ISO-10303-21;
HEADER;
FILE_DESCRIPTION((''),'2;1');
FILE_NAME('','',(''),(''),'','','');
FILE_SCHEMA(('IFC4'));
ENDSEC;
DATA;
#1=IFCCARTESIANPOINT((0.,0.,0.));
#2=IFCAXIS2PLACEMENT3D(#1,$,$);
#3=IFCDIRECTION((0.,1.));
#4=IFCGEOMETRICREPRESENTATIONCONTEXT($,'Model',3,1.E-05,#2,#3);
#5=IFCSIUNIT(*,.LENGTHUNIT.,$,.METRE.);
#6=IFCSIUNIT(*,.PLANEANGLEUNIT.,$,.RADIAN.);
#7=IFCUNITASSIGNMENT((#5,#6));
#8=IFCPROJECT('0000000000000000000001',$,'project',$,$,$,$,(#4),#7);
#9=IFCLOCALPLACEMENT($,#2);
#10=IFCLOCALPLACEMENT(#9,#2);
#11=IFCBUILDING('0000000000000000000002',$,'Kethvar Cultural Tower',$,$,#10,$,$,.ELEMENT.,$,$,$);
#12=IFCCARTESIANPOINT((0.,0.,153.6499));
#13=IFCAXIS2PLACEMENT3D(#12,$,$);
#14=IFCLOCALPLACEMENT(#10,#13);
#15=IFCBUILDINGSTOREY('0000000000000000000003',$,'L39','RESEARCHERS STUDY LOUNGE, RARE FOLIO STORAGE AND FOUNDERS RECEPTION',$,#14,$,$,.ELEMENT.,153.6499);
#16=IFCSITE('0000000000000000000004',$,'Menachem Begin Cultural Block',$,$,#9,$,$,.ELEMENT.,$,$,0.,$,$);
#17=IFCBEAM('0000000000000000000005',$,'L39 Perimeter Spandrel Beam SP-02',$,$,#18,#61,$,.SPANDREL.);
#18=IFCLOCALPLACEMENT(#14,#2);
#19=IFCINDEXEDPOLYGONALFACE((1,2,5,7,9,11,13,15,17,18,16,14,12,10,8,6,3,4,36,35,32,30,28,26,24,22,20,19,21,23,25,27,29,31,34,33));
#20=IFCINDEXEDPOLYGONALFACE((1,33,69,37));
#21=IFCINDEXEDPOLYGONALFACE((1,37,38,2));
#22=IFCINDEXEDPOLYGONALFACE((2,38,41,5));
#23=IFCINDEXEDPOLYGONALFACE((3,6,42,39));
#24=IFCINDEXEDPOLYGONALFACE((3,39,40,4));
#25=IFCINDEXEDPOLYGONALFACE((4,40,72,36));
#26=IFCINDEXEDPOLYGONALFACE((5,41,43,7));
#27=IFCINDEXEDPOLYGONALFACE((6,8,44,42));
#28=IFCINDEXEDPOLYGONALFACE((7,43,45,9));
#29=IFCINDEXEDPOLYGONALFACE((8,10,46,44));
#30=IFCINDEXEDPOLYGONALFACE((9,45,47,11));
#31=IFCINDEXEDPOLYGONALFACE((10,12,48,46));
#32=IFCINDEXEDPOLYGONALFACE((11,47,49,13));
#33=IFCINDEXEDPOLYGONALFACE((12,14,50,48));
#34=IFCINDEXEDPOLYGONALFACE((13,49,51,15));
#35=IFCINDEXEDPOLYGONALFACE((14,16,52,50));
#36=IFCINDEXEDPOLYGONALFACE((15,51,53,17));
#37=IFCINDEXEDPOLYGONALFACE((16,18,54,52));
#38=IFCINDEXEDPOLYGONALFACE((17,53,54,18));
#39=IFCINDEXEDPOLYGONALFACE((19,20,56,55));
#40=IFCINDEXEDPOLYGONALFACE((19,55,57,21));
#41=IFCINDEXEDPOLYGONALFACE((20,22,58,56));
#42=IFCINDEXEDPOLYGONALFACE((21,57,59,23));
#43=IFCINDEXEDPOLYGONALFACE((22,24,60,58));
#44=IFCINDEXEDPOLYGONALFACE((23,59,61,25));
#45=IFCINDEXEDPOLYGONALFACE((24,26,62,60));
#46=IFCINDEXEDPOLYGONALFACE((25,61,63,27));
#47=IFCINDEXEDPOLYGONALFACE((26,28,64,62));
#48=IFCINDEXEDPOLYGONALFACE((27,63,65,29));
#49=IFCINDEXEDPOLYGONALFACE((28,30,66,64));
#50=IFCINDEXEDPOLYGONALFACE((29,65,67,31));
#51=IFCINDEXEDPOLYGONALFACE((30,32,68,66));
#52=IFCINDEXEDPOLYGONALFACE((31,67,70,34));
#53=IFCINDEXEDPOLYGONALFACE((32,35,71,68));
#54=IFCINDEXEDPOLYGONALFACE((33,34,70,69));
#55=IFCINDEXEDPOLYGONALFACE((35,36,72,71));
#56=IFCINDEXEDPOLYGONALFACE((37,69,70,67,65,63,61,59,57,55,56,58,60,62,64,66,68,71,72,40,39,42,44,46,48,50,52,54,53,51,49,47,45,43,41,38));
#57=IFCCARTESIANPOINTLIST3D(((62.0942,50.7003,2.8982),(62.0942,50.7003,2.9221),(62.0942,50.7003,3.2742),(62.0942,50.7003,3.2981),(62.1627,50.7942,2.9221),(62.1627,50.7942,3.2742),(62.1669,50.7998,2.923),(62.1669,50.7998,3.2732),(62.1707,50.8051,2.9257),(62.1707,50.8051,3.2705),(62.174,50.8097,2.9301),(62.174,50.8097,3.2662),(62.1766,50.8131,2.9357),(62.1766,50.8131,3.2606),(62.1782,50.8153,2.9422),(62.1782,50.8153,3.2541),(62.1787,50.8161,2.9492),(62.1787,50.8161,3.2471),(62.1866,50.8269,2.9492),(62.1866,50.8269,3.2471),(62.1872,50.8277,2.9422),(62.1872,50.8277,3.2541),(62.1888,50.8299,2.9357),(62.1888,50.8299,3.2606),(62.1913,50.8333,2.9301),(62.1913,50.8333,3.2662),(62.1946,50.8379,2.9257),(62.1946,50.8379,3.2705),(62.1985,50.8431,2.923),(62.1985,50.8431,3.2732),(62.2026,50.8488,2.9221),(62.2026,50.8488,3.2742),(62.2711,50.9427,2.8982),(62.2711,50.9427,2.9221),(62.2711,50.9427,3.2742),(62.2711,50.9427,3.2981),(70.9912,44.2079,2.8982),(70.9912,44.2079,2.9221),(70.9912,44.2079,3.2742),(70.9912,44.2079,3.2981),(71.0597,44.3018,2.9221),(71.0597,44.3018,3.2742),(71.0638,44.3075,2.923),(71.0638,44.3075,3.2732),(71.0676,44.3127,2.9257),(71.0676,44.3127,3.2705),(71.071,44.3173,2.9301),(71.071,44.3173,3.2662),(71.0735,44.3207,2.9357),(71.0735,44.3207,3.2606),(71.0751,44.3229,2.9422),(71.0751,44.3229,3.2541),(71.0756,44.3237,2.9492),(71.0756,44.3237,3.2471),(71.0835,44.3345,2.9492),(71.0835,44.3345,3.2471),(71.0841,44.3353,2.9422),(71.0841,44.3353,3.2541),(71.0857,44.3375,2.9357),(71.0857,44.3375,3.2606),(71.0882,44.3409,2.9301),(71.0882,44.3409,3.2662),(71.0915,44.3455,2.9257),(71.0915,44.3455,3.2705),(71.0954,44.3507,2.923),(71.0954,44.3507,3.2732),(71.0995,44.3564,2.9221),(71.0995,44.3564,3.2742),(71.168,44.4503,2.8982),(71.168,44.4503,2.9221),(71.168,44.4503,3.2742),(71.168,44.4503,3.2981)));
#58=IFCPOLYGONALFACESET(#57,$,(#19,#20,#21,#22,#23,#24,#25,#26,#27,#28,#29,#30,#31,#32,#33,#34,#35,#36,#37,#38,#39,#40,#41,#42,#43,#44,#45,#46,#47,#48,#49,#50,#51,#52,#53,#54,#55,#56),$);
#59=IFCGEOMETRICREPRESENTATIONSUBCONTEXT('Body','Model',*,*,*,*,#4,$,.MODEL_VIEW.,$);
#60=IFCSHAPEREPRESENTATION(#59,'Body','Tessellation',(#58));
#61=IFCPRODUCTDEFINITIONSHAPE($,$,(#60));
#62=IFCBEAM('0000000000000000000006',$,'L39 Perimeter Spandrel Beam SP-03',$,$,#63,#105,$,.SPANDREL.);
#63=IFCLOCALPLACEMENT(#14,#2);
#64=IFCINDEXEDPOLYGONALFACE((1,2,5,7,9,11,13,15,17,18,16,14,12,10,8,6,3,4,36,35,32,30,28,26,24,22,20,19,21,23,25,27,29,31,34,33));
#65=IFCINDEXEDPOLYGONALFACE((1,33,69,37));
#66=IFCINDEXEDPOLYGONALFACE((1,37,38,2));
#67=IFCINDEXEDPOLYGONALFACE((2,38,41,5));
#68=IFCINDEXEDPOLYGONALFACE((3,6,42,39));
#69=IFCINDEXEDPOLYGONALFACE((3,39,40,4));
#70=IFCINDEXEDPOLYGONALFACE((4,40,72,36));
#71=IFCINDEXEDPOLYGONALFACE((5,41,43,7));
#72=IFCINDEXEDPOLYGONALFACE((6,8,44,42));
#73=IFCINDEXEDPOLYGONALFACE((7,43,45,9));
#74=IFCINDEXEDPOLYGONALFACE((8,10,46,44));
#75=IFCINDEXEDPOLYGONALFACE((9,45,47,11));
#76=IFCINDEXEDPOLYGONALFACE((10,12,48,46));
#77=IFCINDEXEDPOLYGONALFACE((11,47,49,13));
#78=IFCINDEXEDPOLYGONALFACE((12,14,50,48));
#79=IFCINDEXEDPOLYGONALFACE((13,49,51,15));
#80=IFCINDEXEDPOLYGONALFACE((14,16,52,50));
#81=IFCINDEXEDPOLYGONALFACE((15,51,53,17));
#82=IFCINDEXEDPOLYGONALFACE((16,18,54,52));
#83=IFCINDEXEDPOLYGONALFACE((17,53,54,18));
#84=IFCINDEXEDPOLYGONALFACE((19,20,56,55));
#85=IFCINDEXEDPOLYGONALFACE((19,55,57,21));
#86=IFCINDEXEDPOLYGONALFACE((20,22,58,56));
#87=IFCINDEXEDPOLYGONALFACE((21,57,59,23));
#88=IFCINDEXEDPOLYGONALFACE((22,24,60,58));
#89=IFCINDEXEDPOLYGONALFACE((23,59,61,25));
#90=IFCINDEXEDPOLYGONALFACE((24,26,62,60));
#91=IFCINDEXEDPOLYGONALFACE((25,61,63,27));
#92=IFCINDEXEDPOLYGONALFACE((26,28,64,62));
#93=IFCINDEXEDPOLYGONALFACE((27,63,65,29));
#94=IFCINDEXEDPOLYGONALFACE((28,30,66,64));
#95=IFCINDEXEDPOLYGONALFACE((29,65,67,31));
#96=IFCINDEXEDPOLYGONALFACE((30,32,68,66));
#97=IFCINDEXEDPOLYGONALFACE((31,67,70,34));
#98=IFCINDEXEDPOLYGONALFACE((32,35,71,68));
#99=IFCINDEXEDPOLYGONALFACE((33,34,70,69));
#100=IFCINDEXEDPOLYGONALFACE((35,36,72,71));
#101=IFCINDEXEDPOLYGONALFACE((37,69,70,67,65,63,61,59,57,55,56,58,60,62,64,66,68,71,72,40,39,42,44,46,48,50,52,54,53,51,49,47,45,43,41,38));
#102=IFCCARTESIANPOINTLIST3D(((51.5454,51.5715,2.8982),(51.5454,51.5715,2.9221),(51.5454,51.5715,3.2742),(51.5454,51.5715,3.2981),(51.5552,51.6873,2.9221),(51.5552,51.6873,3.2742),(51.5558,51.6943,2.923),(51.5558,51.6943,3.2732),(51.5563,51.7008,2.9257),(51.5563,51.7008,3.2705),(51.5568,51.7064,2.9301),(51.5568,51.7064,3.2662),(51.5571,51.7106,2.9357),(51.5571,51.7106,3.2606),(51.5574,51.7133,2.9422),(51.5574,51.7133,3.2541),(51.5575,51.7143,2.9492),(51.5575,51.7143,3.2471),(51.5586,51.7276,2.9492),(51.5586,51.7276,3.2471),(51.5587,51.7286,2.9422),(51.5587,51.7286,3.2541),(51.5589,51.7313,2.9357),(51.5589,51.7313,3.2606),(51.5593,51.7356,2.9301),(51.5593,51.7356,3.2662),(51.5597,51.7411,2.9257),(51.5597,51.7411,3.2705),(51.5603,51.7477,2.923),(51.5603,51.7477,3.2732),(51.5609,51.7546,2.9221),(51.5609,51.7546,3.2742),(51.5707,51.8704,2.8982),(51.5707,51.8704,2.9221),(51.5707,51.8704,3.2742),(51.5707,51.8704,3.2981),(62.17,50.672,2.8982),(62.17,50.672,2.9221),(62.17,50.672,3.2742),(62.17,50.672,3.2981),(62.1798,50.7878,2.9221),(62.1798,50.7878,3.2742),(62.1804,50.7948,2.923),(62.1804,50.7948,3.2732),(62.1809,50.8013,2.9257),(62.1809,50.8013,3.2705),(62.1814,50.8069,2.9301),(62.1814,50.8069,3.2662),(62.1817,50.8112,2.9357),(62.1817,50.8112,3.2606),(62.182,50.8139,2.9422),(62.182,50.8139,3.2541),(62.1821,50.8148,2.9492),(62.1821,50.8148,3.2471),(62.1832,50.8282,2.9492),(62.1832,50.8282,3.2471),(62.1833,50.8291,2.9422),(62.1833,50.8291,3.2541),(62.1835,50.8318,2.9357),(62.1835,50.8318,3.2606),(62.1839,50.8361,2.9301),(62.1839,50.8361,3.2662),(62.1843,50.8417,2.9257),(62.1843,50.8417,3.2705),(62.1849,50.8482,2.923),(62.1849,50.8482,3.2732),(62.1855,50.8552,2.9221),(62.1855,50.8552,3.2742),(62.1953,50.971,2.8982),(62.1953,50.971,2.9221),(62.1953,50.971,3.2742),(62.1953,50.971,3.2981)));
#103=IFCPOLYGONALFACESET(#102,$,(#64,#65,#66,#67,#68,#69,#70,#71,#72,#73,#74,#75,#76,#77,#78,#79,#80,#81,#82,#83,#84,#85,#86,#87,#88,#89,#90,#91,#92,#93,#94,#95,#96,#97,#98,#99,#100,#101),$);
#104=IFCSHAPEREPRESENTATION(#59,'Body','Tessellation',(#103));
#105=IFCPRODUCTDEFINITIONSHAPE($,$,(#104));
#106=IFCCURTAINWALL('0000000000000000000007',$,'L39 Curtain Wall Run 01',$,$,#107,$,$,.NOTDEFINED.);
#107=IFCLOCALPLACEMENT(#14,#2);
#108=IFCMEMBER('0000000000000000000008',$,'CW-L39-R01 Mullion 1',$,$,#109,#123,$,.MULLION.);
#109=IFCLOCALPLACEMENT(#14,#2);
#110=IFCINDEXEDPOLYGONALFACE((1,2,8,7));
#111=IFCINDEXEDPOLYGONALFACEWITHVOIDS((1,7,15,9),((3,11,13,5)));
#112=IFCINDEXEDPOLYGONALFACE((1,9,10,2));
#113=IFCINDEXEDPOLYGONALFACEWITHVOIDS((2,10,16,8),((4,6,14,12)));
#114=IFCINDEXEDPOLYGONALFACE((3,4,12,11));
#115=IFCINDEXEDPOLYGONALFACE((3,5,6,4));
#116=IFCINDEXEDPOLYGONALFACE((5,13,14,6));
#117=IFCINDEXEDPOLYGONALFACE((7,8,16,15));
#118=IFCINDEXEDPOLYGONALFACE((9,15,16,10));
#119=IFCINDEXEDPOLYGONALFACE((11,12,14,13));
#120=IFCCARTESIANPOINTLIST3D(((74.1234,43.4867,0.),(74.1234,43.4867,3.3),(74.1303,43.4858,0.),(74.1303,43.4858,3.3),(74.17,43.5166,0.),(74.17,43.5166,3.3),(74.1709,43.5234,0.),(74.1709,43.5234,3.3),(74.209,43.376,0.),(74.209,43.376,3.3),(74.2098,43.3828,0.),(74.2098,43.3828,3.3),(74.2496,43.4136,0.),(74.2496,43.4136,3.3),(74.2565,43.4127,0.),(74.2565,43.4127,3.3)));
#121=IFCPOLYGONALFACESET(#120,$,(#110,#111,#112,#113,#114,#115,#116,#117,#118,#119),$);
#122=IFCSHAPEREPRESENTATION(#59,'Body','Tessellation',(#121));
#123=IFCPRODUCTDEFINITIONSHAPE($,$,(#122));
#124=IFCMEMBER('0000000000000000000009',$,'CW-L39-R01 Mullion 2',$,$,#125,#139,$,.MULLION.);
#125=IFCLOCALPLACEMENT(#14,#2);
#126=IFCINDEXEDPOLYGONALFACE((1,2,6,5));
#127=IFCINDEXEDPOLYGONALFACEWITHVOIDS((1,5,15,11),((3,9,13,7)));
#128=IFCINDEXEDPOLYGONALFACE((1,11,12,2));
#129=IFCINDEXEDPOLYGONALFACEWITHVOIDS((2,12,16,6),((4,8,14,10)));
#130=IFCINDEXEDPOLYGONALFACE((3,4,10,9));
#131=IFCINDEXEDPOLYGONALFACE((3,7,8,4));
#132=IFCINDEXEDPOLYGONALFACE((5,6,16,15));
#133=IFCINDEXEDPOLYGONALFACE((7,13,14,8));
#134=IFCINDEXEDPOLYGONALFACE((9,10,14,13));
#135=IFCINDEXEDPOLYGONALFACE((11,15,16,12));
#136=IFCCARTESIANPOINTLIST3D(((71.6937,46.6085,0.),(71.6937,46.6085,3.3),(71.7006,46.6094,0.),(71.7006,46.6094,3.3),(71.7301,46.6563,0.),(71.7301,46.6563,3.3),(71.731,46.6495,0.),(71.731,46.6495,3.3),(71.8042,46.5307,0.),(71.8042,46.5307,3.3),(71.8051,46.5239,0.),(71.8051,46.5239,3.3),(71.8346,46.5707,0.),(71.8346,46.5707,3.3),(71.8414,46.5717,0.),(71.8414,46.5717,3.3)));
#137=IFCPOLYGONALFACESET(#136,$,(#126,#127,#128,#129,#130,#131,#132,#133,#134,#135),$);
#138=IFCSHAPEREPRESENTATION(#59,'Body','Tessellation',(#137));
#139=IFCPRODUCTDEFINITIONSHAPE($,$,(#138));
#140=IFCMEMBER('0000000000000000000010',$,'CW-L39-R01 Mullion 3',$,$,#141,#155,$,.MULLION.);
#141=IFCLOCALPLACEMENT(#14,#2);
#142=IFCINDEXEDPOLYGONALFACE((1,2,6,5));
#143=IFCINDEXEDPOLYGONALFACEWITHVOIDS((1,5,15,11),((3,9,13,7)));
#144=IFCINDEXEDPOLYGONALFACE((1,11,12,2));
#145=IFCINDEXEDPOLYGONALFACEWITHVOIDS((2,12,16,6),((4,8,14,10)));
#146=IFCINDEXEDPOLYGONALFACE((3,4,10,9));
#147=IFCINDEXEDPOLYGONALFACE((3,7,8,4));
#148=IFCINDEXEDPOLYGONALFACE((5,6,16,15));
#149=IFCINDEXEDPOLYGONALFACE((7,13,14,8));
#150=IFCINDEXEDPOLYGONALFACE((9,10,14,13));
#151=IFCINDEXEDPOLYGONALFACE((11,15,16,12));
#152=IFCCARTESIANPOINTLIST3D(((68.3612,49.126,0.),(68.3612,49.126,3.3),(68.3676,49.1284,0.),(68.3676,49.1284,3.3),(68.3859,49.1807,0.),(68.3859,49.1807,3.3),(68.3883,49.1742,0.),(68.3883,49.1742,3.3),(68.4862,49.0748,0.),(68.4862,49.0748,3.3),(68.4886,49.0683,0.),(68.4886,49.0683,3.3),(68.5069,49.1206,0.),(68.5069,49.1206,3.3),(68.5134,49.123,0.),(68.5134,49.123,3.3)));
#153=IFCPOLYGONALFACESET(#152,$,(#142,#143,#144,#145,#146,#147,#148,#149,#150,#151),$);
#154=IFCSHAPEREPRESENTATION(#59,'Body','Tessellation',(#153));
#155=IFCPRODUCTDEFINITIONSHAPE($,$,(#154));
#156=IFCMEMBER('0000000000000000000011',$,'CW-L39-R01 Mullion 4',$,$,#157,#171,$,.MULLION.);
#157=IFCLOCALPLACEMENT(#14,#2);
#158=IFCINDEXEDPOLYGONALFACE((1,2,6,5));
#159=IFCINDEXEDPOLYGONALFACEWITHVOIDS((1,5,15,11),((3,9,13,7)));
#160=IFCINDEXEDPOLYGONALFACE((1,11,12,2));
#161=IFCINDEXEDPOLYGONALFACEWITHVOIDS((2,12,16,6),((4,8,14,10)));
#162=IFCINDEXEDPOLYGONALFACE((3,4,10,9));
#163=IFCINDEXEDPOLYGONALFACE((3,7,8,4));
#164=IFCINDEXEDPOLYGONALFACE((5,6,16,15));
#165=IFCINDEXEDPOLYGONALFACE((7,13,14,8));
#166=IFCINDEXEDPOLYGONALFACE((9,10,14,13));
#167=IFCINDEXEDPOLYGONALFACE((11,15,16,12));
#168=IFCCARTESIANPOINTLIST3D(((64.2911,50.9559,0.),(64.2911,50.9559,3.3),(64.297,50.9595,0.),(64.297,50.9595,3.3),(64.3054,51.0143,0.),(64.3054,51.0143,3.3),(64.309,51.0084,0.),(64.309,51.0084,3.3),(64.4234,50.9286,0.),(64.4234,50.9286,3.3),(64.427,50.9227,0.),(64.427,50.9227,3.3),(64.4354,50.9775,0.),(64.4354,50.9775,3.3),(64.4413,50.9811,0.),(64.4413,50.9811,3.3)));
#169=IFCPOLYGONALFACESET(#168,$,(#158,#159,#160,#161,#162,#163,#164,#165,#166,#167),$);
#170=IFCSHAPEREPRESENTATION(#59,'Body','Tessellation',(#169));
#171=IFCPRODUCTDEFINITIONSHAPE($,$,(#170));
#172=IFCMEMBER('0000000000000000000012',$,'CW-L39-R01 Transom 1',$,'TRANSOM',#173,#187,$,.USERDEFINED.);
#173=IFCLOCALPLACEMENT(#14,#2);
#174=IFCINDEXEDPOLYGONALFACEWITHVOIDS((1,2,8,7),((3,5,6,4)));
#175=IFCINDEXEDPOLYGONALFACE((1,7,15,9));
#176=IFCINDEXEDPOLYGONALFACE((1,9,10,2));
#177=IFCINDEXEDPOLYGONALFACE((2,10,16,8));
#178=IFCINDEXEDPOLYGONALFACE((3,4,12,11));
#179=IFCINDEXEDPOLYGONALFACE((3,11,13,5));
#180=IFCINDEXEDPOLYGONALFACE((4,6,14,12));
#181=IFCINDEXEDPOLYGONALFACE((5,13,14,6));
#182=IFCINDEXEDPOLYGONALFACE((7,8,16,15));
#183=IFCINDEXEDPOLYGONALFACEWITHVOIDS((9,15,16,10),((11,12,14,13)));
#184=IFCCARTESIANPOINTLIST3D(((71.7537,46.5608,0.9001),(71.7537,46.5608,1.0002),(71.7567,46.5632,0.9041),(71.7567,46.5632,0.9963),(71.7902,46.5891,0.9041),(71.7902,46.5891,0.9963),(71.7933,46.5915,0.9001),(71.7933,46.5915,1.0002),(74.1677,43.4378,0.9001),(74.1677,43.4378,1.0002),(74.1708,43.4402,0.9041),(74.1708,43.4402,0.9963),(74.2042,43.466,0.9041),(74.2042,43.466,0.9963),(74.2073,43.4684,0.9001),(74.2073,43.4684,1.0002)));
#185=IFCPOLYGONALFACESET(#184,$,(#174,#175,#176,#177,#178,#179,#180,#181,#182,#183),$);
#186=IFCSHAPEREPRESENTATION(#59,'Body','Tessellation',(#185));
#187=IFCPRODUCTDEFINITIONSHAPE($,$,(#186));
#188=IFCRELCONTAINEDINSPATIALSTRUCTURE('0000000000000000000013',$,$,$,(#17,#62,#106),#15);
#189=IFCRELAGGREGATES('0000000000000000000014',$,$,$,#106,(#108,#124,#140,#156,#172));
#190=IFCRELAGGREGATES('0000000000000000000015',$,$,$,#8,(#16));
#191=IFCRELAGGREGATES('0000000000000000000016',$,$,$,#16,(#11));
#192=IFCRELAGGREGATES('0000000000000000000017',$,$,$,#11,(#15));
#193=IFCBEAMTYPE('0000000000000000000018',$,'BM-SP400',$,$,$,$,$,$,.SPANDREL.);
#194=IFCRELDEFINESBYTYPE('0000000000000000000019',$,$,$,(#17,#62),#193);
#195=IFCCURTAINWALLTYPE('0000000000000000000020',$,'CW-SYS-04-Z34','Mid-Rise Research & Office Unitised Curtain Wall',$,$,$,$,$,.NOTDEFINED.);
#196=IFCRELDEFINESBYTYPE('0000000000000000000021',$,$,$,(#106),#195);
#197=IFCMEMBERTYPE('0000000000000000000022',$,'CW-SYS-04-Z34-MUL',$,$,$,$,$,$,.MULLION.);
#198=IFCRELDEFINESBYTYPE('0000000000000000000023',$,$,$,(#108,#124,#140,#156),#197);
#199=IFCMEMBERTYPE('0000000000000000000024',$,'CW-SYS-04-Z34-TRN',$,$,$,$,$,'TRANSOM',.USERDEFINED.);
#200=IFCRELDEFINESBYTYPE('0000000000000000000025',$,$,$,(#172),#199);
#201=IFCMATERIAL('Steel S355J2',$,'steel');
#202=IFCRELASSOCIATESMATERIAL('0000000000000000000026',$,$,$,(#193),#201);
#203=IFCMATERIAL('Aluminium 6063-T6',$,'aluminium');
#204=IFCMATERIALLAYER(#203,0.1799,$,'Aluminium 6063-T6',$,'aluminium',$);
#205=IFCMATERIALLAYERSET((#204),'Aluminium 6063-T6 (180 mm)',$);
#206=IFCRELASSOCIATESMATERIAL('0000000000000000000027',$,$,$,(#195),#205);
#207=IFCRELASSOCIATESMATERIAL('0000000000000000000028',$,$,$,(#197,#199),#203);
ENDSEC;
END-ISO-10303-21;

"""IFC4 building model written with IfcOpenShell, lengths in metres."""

from ifc_helpers import new_model, si_unit, direction, frame, origin, origin_2d, place, context, subcontext, project, spatial, hollow_rectangle, i_section, extrude, source, transform, mapped, material, layer, layer_set, material_profile, profile_set, type_object, element, aggregate, save


model = new_model("IFC4")

# Units and contexts
model_context = context("Model", 3, precision=1e-05, world=origin(), true_north=direction((0.0, 1.0)))
body_context = subcontext(model_context, "Body", "Model", "MODEL_VIEW")
ifc_project = project(units=[si_unit("LENGTHUNIT", "METRE"), si_unit("PLANEANGLEUNIT", "RADIAN")], contexts=[model_context])

# Site, building, storey
site_placement = place(None, origin())
site = spatial("IfcSite", under=ifc_project, at=site_placement, Name="Menachem Begin Cultural Block", CompositionType="ELEMENT", RefElevation=0.0)
building_placement = place(site_placement, origin())
building = spatial("IfcBuilding", under=site, at=building_placement, Name="Kethvar Cultural Tower", CompositionType="ELEMENT")
storey_placement = place(building_placement, frame((0.0, 0.0, 153.6499)))
storey = spatial("IfcBuildingStorey", under=building, at=storey_placement, Name="L39", Description="RESEARCHERS STUDY LOUNGE, RARE FOLIO STORAGE AND FOUNDERS RECEPTION", CompositionType="ELEMENT", Elevation=153.6499)

# Beams
ifc_material_1 = material(Name="Steel S355J2", Category="steel")
ifc_material_profile_1 = material_profile(ifc_material_1, i_section(OverallWidth=0.3, OverallDepth=0.3999, WebThickness=0.0134, FlangeThickness=0.0239, FilletRadius=0.0271, at=origin_2d()), Name="Steel S355J2 — HEB400")
ifc_profile_set_1 = profile_set([ifc_material_profile_1], Name="Steel S355J2 — HEB400")
beam_type_1 = type_object("IfcBeamType", Name="BM-SP400", PredefinedType="SPANDREL", material=ifc_profile_set_1)
shared_shape_1 = source(origin(), body_context, "Body", "SweptSolid", [
    extrude(i_section(OverallWidth=0.3, OverallDepth=0.3999, WebThickness=0.0134, FlangeThickness=0.0239, FilletRadius=0.0271, at=origin_2d()), origin(), (0.0, 0.0, 1.0), 11.0139),
])
beam_1_placement = place(storey_placement, frame((71.0796, 44.3291, 3.0981), z_axis=(-0.807789, 0.589472, 0.0), x_axis=(-0.589472, -0.807789, 0.0)))
element("IfcBeam", 1, at=beam_1_placement, inside=storey, type_object=beam_type_1, Name="L39 Perimeter Spandrel Beam SP-02", PredefinedType="SPANDREL", context=body_context, shape_type="MappedRepresentation", body=[
    mapped(shared_shape_1, transform((0.0, 0.0, 0.0), scale=1.0)),
])
shared_shape_2 = source(origin(), body_context, "Body", "SweptSolid", [
    extrude(i_section(OverallWidth=0.3, OverallDepth=0.3999, WebThickness=0.0134, FlangeThickness=0.0239, FilletRadius=0.0271, at=origin_2d()), origin(), (0.0, 0.0, 1.0), 10.6626),
])
beam_2_placement = place(storey_placement, frame((62.1826, 50.8215, 3.0981), z_axis=(-0.996436, 0.084353, 0.0), x_axis=(-0.084353, -0.996436, 0.0)))
element("IfcBeam", 2, at=beam_2_placement, inside=storey, type_object=beam_type_1, Name="L39 Perimeter Spandrel Beam SP-03", PredefinedType="SPANDREL", context=body_context, shape_type="MappedRepresentation", body=[
    mapped(shared_shape_2, transform((0.0, 0.0, 0.0), scale=1.0)),
])

# Curtain wall, members
ifc_material_2 = material(Name="Aluminium 6063-T6", Category="aluminium")
ifc_layer_1 = layer(ifc_material_2, 0.1799, Name="Aluminium 6063-T6", Category="aluminium")
ifc_layer_set_1 = layer_set([ifc_layer_1], Name="Aluminium 6063-T6 (180 mm)")
curtain_wall_type = type_object("IfcCurtainWallType", Name="CW-SYS-04-Z34", Description="Mid-Rise Research & Office Unitised Curtain Wall", PredefinedType="NOTDEFINED", material=ifc_layer_set_1)
curtain_wall_placement = place(storey_placement, origin())
curtain_wall = element("IfcCurtainWall", 3, at=curtain_wall_placement, inside=storey, type_object=curtain_wall_type, Name="L39 Curtain Wall Run 01", PredefinedType="NOTDEFINED")
ifc_material_profile_2 = material_profile(ifc_material_2, hollow_rectangle(XDim=0.0601, YDim=0.1399, WallThickness=0.0049, at=origin_2d()), Name="Aluminium 6063-T6 — RHS140x60x5")
ifc_profile_set_2 = profile_set([ifc_material_profile_2], Name="Aluminium 6063-T6 — RHS140x60x5")
member_type_1 = type_object("IfcMemberType", Name="CW-SYS-04-Z34-MUL", PredefinedType="MULLION", material=ifc_profile_set_2)
shared_shape_3 = source(origin(), body_context, "Body", "SweptSolid", [
    extrude(hollow_rectangle(XDim=0.0601, YDim=0.1399, WallThickness=0.0049, at=origin_2d()), origin(), (0.0, 0.0, 1.0), 3.3),
])
member_1_placement = place(storey_placement, frame((74.1899, 43.4497, 0.0), z_axis=(0.0, 0.0, 1.0), x_axis=(-0.791213, -0.611541, 0.0)))
member_1 = element("IfcMember", 4, at=member_1_placement, type_object=member_type_1, Name="CW-L39-R01 Mullion 1", PredefinedType="MULLION", context=body_context, shape_type="MappedRepresentation", body=[
    mapped(shared_shape_3, transform((0.0, 0.0, 0.0), scale=1.0)),
])
member_2_placement = place(storey_placement, frame((71.7676, 46.5901, 0.0), z_axis=(0.0, 0.0, 1.0), x_axis=(-0.605072, -0.796171, 0.0)))
member_2 = element("IfcMember", 5, at=member_2_placement, type_object=member_type_1, Name="CW-L39-R01 Mullion 2", PredefinedType="MULLION", context=body_context, shape_type="MappedRepresentation", body=[
    mapped(shared_shape_3, transform((0.0, 0.0, 0.0), scale=1.0)),
])
member_3_placement = place(storey_placement, frame((68.4373, 49.1245, 0.0), z_axis=(0.0, 0.0, 1.0), x_axis=(-0.412214, -0.911087, 0.0)))
member_3 = element("IfcMember", 6, at=member_3_placement, type_object=member_type_1, Name="CW-L39-R01 Mullion 3", PredefinedType="MULLION", context=body_context, shape_type="MappedRepresentation", body=[
    mapped(shared_shape_3, transform((0.0, 0.0, 0.0), scale=1.0)),
])
member_4_placement = place(storey_placement, frame((64.3662, 50.9685, 0.0), z_axis=(0.0, 0.0, 1.0), x_axis=(-0.237432, -0.971404, 0.0)))
member_4 = element("IfcMember", 7, at=member_4_placement, type_object=member_type_1, Name="CW-L39-R01 Mullion 4", PredefinedType="MULLION", context=body_context, shape_type="MappedRepresentation", body=[
    mapped(shared_shape_3, transform((0.0, 0.0, 0.0), scale=1.0)),
])
ifc_material_profile_3 = material_profile(ifc_material_2, hollow_rectangle(XDim=0.05, YDim=0.1001, WallThickness=0.0039, at=origin_2d()), Name="Aluminium 6063-T6 — RHS100x50x4")
ifc_profile_set_3 = profile_set([ifc_material_profile_3], Name="Aluminium 6063-T6 — RHS100x50x4")
member_type_2 = type_object("IfcMemberType", Name="CW-SYS-04-Z34-TRN", ElementType="TRANSOM", PredefinedType="USERDEFINED", material=ifc_profile_set_3)
shared_shape_4 = source(origin(), body_context, "Body", "SweptSolid", [
    extrude(hollow_rectangle(XDim=0.05, YDim=0.1001, WallThickness=0.0039, at=origin_2d()), origin(), (0.0, 0.0, 1.0), 3.9473),
])
member_5_placement = place(storey_placement, frame((74.1875, 43.4531, 0.9502), z_axis=(-0.611574, 0.791187, 0.0), x_axis=(-0.791187, -0.611574, 0.0)))
member_5 = element("IfcMember", 8, at=member_5_placement, type_object=member_type_2, Name="CW-L39-R01 Transom 1", ObjectType="TRANSOM", PredefinedType="USERDEFINED", context=body_context, shape_type="MappedRepresentation", body=[
    mapped(shared_shape_4, transform((0.0, 0.0, 0.0), scale=1.0)),
])
aggregate(curtain_wall, [member_1, member_2, member_3, member_4, member_5])

save(model, "model.ifc")
